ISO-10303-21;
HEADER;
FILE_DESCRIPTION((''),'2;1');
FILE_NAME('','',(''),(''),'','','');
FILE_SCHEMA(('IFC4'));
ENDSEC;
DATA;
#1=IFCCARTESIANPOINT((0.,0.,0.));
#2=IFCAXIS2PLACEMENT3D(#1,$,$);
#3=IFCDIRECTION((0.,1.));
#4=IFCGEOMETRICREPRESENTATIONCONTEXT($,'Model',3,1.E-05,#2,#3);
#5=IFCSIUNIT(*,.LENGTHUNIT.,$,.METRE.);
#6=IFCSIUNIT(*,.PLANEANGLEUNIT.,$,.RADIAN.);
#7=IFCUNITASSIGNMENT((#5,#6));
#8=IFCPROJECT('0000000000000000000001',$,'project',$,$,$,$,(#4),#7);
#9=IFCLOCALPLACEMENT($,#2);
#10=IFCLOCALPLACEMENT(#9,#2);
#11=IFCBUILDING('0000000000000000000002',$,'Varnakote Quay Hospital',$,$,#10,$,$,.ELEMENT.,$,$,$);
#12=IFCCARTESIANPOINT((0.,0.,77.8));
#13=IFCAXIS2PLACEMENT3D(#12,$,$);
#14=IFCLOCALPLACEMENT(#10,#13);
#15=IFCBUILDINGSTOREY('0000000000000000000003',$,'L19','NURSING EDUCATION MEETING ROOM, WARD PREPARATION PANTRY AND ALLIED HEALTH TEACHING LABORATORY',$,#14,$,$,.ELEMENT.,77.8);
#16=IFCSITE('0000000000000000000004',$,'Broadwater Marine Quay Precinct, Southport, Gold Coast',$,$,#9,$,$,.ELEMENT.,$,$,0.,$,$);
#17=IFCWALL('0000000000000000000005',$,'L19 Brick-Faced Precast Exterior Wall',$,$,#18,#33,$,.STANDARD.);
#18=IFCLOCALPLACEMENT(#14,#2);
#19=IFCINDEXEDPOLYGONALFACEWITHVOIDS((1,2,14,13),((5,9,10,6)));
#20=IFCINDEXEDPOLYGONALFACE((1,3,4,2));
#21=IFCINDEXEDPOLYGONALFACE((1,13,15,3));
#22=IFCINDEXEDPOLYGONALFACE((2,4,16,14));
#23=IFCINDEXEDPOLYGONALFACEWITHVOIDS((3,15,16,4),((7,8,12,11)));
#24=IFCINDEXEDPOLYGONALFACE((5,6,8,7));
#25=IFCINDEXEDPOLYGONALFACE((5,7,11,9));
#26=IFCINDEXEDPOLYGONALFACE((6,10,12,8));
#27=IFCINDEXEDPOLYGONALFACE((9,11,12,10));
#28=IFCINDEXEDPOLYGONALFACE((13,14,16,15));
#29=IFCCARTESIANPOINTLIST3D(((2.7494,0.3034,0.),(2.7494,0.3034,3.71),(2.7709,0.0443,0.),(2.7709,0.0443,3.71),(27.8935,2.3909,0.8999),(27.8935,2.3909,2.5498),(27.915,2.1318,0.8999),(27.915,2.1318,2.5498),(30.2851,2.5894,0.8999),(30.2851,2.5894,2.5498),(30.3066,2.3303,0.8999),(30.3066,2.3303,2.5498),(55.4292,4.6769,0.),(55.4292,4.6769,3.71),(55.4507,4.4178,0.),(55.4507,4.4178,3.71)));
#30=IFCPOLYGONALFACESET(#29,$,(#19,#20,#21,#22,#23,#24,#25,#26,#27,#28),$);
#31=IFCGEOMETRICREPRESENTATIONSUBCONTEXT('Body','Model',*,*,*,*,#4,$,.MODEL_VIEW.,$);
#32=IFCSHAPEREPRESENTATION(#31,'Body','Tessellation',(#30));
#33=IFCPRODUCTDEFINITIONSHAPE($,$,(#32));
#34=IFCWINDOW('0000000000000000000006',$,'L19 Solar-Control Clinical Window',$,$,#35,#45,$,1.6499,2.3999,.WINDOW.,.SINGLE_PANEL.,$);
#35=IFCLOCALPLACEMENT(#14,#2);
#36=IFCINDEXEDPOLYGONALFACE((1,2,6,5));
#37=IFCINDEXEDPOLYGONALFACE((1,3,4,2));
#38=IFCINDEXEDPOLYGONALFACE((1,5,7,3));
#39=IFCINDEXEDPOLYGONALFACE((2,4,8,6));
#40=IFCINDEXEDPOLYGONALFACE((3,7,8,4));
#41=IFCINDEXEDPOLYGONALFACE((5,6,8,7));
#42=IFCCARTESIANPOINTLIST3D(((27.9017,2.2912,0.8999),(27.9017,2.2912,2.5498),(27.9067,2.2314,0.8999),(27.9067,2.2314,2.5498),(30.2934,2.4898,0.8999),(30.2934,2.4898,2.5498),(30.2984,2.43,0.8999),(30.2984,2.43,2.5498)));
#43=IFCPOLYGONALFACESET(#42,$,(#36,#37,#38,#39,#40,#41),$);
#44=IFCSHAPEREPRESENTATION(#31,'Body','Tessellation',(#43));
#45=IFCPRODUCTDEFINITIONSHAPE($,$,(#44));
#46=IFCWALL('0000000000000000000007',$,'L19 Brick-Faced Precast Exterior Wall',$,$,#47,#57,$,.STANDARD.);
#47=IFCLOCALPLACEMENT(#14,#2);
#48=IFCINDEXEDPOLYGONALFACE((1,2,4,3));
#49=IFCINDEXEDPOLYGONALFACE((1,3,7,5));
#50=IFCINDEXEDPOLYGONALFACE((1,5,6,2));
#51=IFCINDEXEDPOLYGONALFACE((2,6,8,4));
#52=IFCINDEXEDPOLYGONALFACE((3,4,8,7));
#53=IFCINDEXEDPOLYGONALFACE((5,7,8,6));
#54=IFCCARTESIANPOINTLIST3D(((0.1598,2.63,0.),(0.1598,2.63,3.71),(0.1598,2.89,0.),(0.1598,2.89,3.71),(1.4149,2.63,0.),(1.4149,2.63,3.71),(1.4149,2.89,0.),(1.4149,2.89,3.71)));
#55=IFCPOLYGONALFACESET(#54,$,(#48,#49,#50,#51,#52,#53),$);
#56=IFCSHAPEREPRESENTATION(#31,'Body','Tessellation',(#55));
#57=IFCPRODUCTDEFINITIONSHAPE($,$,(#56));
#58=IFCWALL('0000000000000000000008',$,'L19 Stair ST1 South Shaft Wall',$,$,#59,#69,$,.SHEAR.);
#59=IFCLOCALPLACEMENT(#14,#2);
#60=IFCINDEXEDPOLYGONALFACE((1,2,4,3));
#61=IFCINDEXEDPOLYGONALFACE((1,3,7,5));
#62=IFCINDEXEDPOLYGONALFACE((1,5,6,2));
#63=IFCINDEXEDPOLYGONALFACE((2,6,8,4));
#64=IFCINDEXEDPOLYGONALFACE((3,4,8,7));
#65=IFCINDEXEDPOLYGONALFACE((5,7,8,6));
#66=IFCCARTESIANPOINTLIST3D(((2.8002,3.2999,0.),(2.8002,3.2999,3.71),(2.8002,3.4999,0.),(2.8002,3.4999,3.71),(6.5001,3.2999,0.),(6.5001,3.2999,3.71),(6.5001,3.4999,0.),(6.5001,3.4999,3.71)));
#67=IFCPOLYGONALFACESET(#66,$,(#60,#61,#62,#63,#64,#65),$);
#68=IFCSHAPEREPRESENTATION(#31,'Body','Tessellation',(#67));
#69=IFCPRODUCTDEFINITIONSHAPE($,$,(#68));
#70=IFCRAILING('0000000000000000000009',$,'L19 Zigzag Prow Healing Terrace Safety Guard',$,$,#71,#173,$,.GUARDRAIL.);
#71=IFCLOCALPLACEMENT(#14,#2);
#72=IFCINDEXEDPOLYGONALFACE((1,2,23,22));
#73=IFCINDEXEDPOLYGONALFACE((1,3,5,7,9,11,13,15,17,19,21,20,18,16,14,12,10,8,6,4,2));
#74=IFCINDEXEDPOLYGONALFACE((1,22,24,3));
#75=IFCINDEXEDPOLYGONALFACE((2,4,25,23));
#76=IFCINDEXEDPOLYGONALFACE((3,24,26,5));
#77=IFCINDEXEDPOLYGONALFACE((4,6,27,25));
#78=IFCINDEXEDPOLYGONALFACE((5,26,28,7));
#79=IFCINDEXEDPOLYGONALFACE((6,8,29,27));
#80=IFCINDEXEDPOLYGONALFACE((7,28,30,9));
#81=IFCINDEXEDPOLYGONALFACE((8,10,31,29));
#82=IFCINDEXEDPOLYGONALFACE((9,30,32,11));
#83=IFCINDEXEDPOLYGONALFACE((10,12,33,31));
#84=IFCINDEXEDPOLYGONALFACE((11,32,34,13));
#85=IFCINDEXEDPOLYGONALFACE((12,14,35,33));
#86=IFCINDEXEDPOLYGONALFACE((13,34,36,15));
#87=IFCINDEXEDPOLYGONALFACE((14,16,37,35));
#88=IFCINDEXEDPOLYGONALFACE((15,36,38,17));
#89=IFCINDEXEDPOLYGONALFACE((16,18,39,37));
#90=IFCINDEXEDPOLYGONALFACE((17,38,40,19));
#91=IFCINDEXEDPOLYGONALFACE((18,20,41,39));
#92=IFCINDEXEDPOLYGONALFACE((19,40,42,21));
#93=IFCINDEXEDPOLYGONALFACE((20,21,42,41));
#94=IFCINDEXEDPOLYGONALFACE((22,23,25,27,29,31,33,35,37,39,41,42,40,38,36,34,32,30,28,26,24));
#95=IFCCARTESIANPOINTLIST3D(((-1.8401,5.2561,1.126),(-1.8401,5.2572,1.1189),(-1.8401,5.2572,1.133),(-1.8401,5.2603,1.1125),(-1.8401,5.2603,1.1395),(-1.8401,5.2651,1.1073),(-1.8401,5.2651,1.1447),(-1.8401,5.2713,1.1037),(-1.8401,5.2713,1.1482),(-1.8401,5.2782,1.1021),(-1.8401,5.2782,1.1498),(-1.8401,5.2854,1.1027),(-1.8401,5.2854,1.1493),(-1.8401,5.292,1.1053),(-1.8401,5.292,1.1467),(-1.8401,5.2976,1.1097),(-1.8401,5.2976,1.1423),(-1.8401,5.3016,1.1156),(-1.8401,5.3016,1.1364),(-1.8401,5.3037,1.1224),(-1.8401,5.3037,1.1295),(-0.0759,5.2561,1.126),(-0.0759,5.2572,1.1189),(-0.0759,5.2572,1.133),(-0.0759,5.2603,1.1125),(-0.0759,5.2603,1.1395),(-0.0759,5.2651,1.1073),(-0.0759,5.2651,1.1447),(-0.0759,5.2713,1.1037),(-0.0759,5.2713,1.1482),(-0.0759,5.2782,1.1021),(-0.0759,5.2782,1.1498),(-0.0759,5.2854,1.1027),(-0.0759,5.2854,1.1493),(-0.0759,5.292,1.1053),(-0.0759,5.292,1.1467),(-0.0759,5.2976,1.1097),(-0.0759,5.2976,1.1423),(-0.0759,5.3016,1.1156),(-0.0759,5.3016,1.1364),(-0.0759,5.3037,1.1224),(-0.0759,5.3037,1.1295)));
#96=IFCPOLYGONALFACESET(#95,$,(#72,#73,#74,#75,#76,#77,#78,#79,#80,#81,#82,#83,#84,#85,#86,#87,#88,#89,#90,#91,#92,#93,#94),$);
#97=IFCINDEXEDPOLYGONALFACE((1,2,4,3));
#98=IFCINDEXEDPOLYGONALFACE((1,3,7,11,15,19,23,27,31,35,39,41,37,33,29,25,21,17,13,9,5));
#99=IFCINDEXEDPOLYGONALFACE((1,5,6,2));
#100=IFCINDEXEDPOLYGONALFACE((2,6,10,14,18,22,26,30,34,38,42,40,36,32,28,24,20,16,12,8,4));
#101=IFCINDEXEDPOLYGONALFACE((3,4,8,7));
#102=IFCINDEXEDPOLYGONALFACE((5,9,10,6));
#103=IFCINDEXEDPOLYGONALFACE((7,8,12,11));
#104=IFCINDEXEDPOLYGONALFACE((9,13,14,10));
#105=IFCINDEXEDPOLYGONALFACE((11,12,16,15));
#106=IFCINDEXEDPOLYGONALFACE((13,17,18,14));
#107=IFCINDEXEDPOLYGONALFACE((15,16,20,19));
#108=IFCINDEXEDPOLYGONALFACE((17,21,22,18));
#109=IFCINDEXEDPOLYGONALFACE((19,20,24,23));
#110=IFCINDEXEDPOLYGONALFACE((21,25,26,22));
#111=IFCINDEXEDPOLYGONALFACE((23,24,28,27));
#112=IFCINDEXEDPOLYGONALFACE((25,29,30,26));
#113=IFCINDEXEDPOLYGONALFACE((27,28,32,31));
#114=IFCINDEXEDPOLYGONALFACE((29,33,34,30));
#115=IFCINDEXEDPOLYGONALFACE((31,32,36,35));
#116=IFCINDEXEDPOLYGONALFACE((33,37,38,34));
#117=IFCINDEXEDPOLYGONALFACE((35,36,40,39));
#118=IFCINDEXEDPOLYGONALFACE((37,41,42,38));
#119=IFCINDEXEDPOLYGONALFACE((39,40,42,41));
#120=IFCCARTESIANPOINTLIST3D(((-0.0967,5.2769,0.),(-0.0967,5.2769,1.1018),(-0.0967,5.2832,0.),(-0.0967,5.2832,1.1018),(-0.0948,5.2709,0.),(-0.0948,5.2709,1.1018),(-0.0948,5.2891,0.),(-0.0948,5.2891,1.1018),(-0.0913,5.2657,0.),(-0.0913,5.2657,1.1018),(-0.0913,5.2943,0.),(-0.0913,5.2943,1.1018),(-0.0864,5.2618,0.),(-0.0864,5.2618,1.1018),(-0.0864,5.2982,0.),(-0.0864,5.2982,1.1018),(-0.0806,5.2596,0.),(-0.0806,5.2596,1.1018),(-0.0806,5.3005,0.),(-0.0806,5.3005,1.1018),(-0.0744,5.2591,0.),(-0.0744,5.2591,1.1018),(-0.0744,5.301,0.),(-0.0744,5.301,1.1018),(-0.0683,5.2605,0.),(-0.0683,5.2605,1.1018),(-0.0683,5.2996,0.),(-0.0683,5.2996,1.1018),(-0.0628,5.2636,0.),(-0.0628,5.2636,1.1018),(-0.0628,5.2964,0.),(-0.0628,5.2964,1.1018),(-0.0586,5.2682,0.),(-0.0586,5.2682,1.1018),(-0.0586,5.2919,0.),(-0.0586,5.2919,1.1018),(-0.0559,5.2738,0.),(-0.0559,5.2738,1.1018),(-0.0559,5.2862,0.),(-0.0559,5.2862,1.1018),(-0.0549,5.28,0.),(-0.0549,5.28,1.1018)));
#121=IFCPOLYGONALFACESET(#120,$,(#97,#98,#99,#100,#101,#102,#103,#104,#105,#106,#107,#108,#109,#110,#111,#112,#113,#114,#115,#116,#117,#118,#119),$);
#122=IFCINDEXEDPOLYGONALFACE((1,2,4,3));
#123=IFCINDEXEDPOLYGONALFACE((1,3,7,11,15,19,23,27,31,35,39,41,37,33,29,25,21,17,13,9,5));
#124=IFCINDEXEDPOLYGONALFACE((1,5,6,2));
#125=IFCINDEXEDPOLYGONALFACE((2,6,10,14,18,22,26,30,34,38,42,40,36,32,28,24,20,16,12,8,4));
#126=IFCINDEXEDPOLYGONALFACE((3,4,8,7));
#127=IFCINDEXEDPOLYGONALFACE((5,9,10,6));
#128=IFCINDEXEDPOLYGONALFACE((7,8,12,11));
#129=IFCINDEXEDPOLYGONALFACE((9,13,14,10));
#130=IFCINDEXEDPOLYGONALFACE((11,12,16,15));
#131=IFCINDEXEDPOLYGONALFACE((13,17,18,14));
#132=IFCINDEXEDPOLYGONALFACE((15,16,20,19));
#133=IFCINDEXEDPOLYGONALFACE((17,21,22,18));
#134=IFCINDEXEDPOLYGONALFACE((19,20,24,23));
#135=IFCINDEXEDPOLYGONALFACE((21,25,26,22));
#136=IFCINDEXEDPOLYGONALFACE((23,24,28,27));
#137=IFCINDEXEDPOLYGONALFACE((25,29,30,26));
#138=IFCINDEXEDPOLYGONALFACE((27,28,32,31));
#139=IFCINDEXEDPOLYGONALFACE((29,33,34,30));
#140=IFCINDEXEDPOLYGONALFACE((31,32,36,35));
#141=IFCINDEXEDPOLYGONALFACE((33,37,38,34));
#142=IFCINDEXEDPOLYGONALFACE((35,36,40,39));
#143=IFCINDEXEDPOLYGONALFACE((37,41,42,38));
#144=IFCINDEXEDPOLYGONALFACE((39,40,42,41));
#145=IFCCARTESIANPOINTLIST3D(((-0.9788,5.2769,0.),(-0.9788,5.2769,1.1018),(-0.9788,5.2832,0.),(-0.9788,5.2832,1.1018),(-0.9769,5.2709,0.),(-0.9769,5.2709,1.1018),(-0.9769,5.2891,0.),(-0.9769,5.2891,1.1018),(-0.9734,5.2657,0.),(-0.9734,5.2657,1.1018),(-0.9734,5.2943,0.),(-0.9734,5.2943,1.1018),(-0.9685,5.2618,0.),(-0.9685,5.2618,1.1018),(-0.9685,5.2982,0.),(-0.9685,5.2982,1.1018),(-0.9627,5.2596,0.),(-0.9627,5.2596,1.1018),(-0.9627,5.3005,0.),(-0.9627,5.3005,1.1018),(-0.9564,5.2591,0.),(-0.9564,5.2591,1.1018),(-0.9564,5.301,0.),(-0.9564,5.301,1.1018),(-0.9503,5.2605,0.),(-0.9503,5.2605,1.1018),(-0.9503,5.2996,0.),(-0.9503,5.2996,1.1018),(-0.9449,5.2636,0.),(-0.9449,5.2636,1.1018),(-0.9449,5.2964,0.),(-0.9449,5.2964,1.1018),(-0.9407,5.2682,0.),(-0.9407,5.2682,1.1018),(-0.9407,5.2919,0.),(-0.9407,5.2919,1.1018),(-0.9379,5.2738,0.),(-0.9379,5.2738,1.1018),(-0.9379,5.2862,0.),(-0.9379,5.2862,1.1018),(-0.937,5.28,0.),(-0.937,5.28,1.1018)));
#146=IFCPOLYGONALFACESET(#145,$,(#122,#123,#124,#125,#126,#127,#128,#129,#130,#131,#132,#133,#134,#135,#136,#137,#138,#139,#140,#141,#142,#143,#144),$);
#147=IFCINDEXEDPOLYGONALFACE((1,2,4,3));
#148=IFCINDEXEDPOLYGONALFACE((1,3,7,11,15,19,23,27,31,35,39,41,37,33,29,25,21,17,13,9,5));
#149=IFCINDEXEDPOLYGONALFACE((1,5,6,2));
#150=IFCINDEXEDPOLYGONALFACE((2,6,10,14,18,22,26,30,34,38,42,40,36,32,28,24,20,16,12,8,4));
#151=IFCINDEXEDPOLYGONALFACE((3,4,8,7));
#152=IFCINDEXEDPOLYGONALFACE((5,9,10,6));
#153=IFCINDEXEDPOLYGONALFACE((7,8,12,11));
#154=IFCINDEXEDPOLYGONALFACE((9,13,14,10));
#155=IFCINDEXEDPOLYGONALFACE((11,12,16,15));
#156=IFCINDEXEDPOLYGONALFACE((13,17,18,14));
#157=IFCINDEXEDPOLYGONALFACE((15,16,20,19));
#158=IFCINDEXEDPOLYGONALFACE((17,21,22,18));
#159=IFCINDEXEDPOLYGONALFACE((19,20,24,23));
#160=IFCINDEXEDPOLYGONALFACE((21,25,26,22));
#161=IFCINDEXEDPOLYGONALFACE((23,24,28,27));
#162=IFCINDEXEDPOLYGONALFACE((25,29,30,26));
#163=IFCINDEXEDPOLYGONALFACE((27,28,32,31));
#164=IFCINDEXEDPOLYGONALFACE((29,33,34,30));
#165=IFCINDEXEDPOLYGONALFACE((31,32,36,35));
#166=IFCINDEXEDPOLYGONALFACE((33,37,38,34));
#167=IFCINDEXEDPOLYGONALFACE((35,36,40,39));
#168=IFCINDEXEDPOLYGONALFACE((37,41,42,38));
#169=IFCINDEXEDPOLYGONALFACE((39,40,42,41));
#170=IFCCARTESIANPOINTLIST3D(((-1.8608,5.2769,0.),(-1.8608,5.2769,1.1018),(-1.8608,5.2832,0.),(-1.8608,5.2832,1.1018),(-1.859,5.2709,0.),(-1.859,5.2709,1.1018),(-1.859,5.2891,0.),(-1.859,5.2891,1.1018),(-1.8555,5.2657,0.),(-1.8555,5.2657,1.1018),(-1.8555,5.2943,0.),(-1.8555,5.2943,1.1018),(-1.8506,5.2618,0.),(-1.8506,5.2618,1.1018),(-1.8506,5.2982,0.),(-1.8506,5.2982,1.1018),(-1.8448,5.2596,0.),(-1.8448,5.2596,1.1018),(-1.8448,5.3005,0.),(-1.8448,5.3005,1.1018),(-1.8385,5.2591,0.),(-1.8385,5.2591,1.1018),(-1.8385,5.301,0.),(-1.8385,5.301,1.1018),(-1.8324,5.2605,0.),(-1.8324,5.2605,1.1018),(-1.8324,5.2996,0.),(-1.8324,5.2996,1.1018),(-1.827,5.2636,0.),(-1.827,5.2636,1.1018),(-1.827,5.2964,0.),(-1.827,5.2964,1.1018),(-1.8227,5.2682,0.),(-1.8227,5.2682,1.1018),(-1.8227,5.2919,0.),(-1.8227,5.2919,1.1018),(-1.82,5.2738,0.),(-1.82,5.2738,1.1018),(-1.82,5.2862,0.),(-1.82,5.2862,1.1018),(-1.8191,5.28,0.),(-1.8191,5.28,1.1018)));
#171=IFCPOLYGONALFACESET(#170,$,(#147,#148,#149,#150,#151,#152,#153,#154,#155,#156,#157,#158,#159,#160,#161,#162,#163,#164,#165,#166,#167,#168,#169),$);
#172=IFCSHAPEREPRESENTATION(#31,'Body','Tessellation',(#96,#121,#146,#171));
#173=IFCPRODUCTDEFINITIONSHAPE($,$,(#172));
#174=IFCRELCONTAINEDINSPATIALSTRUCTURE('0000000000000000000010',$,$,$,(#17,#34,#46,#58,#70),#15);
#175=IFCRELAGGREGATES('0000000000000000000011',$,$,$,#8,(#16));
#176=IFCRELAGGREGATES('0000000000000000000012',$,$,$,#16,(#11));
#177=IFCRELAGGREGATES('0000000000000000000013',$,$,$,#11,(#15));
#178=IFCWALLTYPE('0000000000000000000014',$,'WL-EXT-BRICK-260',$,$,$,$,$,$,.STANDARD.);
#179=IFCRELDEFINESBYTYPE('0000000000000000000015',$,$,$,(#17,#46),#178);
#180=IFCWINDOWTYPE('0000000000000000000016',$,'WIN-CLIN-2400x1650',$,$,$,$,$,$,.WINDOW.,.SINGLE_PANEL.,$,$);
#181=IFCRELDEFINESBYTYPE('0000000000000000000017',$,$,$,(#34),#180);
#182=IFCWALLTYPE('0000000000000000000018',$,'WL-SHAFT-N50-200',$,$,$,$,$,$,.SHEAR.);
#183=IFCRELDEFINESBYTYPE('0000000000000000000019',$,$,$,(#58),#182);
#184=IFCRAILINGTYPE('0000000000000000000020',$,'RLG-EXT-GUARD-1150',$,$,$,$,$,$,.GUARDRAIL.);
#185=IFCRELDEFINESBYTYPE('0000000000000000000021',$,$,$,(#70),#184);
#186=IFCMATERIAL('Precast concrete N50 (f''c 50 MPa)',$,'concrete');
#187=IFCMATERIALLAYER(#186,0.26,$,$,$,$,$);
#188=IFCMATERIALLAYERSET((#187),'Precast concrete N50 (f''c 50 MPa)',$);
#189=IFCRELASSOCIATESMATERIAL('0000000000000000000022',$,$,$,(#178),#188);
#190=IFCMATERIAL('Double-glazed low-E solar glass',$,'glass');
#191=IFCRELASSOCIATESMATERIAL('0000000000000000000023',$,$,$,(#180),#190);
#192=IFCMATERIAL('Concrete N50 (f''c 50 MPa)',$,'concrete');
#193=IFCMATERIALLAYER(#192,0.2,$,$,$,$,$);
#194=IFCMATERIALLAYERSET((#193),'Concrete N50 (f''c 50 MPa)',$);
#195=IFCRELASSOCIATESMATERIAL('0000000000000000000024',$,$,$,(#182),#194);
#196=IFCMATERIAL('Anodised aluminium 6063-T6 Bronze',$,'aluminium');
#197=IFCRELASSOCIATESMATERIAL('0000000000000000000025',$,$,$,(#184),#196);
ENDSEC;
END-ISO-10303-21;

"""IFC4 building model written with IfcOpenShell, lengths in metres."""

from ifc_helpers import new_model, si_unit, direction, frame, frame_2d, origin, origin_2d, place, context, subcontext, project, spatial, rectangle, circle, extrude, material, layer, layer_set, type_object, element, fill, save


model = new_model("IFC4")

# Units and contexts
model_context = context("Model", 3, precision=1e-05, world=origin(), true_north=direction((0.0, 1.0)))
body_context = subcontext(model_context, "Body", "Model", "MODEL_VIEW")
ifc_project = project(units=[si_unit("LENGTHUNIT", "METRE"), si_unit("PLANEANGLEUNIT", "RADIAN")], contexts=[model_context])

# Site, building, storey
site_placement = place(None, origin())
site = spatial("IfcSite", under=ifc_project, at=site_placement, Name="Broadwater Marine Quay Precinct, Southport, Gold Coast", CompositionType="ELEMENT", RefElevation=0.0)
building_placement = place(site_placement, origin())
building = spatial("IfcBuilding", under=site, at=building_placement, Name="Varnakote Quay Hospital", CompositionType="ELEMENT")
storey_placement = place(building_placement, frame((0.0, 0.0, 77.8)))
storey = spatial("IfcBuildingStorey", under=building, at=storey_placement, Name="L19", Description="NURSING EDUCATION MEETING ROOM, WARD PREPARATION PANTRY AND ALLIED HEALTH TEACHING LABORATORY", CompositionType="ELEMENT", Elevation=77.8)

# Shared definitions
ifc_material_1 = material(Name="Precast concrete N50 (f'c 50 MPa)", Category="concrete")
ifc_layer_1 = layer(ifc_material_1, 0.26)
ifc_layer_set_1 = layer_set([ifc_layer_1], Name="Precast concrete N50 (f'c 50 MPa)")
wall_type_1 = type_object("IfcWallType", Name="WL-EXT-BRICK-260", PredefinedType="STANDARD", material=ifc_layer_set_1)

# Wall, opening, window
wall_1_placement = place(storey_placement, frame((2.76, 0.1738, 0.0), z_axis=(0.0, 0.0, 1.0), x_axis=(0.996571, 0.082736, 0.0)))
wall_1 = element("IfcWall", 1, at=wall_1_placement, inside=storey, type_object=wall_type_1, Name="L19 Brick-Faced Precast Exterior Wall", PredefinedType="STANDARD", context=body_context, shape_type="SweptSolid", body=[
    extrude(rectangle(XDim=52.8611, YDim=0.26, at=frame_2d((26.4307, 0.0))), origin(), (0.0, 0.0, 1.0), 3.71),
])
opening_1_placement = place(wall_1_placement, frame((25.2307, 0.0, 0.8999)))
opening_1 = element("IfcOpeningElement", 2, at=opening_1_placement, cuts=wall_1, PredefinedType="OPENING", context=body_context, shape_type="SweptSolid", body=[
    extrude(rectangle(XDim=2.3999, YDim=1.6499, at=frame_2d((1.2, 0.825))), frame((0.0, 0.1399, 0.0), z_axis=(0.0, -1.0, 0.0), x_axis=(1.0, 0.0, 0.0)), (0.0, 0.0, 1.0), 0.28),
])
ifc_material_2 = material(Name="Double-glazed low-E solar glass", Category="glass")
window_type = type_object("IfcWindowType", Name="WIN-CLIN-2400x1650", PartitioningType="SINGLE_PANEL", PredefinedType="WINDOW", material=ifc_material_2)
window_placement = place(opening_1_placement, origin())
window = element("IfcWindow", 3, at=window_placement, inside=storey, type_object=window_type, Name="L19 Solar-Control Clinical Window", OverallHeight=1.6499, OverallWidth=2.3999, PartitioningType="SINGLE_PANEL", PredefinedType="WINDOW", context=body_context, shape_type="SweptSolid", body=[
    extrude(rectangle(XDim=2.3999, YDim=1.6499, at=frame_2d((1.2, 0.825))), frame((0.0, 0.03, 0.0), z_axis=(0.0, -1.0, 0.0), x_axis=(1.0, 0.0, 0.0)), (0.0, 0.0, 1.0), 0.0601),
])
fill(opening_1, window)

# Walls
wall_2_placement = place(storey_placement, frame((0.1599, 2.76, 0.0), z_axis=(0.0, 0.0, 1.0), x_axis=(1.0, 0.0, 0.0)))
element("IfcWall", 4, at=wall_2_placement, inside=storey, type_object=wall_type_1, Name="L19 Brick-Faced Precast Exterior Wall", PredefinedType="STANDARD", context=body_context, shape_type="SweptSolid", body=[
    extrude(rectangle(XDim=1.2551, YDim=0.26, at=frame_2d((0.6274, 0.0))), origin(), (0.0, 0.0, 1.0), 3.71),
])
ifc_material_3 = material(Name="Concrete N50 (f'c 50 MPa)", Category="concrete")
ifc_layer_2 = layer(ifc_material_3, 0.2)
ifc_layer_set_2 = layer_set([ifc_layer_2], Name="Concrete N50 (f'c 50 MPa)")
wall_type_2 = type_object("IfcWallType", Name="WL-SHAFT-N50-200", PredefinedType="SHEAR", material=ifc_layer_set_2)
wall_3_placement = place(storey_placement, frame((2.8, 3.3999, 0.0), z_axis=(0.0, 0.0, 1.0), x_axis=(1.0, 0.0, 0.0)))
element("IfcWall", 5, at=wall_3_placement, inside=storey, type_object=wall_type_2, Name="L19 Stair ST1 South Shaft Wall", PredefinedType="SHEAR", context=body_context, shape_type="SweptSolid", body=[
    extrude(rectangle(XDim=3.7, YDim=0.2, at=frame_2d((1.8501, 0.0))), origin(), (0.0, 0.0, 1.0), 3.71),
])

# Railing
ifc_material_4 = material(Name="Anodised aluminium 6063-T6 Bronze", Category="aluminium")
railing_type = type_object("IfcRailingType", Name="RLG-EXT-GUARD-1150", PredefinedType="GUARDRAIL", material=ifc_material_4)
railing_1_placement = place(storey_placement, frame((-0.0759, 5.28, 0.0)))
element("IfcRailing", 6, at=railing_1_placement, inside=storey, type_object=railing_type, Name="L19 Zigzag Prow Healing Terrace Safety Guard", PredefinedType="GUARDRAIL", context=body_context, shape_type="SweptSolid", body=[
    extrude(circle(Radius=0.0239, at=origin_2d()), frame((0.0, 0.0, 1.126), z_axis=(-1.0, 0.0, 0.0), x_axis=(0.0, -1.0, 0.0)), (0.0, 0.0, 1.0), 1.7642),
    extrude(circle(Radius=0.021, at=origin_2d()), origin(), (0.0, 0.0, 1.0), 1.1018),
    extrude(circle(Radius=0.021, at=origin_2d()), frame((-0.8821, 0.0, 0.0)), (0.0, 0.0, 1.0), 1.1018),
    extrude(circle(Radius=0.021, at=origin_2d()), frame((-1.7642, 0.0, 0.0)), (0.0, 0.0, 1.0), 1.1018),
])

save(model, "model.ifc")
